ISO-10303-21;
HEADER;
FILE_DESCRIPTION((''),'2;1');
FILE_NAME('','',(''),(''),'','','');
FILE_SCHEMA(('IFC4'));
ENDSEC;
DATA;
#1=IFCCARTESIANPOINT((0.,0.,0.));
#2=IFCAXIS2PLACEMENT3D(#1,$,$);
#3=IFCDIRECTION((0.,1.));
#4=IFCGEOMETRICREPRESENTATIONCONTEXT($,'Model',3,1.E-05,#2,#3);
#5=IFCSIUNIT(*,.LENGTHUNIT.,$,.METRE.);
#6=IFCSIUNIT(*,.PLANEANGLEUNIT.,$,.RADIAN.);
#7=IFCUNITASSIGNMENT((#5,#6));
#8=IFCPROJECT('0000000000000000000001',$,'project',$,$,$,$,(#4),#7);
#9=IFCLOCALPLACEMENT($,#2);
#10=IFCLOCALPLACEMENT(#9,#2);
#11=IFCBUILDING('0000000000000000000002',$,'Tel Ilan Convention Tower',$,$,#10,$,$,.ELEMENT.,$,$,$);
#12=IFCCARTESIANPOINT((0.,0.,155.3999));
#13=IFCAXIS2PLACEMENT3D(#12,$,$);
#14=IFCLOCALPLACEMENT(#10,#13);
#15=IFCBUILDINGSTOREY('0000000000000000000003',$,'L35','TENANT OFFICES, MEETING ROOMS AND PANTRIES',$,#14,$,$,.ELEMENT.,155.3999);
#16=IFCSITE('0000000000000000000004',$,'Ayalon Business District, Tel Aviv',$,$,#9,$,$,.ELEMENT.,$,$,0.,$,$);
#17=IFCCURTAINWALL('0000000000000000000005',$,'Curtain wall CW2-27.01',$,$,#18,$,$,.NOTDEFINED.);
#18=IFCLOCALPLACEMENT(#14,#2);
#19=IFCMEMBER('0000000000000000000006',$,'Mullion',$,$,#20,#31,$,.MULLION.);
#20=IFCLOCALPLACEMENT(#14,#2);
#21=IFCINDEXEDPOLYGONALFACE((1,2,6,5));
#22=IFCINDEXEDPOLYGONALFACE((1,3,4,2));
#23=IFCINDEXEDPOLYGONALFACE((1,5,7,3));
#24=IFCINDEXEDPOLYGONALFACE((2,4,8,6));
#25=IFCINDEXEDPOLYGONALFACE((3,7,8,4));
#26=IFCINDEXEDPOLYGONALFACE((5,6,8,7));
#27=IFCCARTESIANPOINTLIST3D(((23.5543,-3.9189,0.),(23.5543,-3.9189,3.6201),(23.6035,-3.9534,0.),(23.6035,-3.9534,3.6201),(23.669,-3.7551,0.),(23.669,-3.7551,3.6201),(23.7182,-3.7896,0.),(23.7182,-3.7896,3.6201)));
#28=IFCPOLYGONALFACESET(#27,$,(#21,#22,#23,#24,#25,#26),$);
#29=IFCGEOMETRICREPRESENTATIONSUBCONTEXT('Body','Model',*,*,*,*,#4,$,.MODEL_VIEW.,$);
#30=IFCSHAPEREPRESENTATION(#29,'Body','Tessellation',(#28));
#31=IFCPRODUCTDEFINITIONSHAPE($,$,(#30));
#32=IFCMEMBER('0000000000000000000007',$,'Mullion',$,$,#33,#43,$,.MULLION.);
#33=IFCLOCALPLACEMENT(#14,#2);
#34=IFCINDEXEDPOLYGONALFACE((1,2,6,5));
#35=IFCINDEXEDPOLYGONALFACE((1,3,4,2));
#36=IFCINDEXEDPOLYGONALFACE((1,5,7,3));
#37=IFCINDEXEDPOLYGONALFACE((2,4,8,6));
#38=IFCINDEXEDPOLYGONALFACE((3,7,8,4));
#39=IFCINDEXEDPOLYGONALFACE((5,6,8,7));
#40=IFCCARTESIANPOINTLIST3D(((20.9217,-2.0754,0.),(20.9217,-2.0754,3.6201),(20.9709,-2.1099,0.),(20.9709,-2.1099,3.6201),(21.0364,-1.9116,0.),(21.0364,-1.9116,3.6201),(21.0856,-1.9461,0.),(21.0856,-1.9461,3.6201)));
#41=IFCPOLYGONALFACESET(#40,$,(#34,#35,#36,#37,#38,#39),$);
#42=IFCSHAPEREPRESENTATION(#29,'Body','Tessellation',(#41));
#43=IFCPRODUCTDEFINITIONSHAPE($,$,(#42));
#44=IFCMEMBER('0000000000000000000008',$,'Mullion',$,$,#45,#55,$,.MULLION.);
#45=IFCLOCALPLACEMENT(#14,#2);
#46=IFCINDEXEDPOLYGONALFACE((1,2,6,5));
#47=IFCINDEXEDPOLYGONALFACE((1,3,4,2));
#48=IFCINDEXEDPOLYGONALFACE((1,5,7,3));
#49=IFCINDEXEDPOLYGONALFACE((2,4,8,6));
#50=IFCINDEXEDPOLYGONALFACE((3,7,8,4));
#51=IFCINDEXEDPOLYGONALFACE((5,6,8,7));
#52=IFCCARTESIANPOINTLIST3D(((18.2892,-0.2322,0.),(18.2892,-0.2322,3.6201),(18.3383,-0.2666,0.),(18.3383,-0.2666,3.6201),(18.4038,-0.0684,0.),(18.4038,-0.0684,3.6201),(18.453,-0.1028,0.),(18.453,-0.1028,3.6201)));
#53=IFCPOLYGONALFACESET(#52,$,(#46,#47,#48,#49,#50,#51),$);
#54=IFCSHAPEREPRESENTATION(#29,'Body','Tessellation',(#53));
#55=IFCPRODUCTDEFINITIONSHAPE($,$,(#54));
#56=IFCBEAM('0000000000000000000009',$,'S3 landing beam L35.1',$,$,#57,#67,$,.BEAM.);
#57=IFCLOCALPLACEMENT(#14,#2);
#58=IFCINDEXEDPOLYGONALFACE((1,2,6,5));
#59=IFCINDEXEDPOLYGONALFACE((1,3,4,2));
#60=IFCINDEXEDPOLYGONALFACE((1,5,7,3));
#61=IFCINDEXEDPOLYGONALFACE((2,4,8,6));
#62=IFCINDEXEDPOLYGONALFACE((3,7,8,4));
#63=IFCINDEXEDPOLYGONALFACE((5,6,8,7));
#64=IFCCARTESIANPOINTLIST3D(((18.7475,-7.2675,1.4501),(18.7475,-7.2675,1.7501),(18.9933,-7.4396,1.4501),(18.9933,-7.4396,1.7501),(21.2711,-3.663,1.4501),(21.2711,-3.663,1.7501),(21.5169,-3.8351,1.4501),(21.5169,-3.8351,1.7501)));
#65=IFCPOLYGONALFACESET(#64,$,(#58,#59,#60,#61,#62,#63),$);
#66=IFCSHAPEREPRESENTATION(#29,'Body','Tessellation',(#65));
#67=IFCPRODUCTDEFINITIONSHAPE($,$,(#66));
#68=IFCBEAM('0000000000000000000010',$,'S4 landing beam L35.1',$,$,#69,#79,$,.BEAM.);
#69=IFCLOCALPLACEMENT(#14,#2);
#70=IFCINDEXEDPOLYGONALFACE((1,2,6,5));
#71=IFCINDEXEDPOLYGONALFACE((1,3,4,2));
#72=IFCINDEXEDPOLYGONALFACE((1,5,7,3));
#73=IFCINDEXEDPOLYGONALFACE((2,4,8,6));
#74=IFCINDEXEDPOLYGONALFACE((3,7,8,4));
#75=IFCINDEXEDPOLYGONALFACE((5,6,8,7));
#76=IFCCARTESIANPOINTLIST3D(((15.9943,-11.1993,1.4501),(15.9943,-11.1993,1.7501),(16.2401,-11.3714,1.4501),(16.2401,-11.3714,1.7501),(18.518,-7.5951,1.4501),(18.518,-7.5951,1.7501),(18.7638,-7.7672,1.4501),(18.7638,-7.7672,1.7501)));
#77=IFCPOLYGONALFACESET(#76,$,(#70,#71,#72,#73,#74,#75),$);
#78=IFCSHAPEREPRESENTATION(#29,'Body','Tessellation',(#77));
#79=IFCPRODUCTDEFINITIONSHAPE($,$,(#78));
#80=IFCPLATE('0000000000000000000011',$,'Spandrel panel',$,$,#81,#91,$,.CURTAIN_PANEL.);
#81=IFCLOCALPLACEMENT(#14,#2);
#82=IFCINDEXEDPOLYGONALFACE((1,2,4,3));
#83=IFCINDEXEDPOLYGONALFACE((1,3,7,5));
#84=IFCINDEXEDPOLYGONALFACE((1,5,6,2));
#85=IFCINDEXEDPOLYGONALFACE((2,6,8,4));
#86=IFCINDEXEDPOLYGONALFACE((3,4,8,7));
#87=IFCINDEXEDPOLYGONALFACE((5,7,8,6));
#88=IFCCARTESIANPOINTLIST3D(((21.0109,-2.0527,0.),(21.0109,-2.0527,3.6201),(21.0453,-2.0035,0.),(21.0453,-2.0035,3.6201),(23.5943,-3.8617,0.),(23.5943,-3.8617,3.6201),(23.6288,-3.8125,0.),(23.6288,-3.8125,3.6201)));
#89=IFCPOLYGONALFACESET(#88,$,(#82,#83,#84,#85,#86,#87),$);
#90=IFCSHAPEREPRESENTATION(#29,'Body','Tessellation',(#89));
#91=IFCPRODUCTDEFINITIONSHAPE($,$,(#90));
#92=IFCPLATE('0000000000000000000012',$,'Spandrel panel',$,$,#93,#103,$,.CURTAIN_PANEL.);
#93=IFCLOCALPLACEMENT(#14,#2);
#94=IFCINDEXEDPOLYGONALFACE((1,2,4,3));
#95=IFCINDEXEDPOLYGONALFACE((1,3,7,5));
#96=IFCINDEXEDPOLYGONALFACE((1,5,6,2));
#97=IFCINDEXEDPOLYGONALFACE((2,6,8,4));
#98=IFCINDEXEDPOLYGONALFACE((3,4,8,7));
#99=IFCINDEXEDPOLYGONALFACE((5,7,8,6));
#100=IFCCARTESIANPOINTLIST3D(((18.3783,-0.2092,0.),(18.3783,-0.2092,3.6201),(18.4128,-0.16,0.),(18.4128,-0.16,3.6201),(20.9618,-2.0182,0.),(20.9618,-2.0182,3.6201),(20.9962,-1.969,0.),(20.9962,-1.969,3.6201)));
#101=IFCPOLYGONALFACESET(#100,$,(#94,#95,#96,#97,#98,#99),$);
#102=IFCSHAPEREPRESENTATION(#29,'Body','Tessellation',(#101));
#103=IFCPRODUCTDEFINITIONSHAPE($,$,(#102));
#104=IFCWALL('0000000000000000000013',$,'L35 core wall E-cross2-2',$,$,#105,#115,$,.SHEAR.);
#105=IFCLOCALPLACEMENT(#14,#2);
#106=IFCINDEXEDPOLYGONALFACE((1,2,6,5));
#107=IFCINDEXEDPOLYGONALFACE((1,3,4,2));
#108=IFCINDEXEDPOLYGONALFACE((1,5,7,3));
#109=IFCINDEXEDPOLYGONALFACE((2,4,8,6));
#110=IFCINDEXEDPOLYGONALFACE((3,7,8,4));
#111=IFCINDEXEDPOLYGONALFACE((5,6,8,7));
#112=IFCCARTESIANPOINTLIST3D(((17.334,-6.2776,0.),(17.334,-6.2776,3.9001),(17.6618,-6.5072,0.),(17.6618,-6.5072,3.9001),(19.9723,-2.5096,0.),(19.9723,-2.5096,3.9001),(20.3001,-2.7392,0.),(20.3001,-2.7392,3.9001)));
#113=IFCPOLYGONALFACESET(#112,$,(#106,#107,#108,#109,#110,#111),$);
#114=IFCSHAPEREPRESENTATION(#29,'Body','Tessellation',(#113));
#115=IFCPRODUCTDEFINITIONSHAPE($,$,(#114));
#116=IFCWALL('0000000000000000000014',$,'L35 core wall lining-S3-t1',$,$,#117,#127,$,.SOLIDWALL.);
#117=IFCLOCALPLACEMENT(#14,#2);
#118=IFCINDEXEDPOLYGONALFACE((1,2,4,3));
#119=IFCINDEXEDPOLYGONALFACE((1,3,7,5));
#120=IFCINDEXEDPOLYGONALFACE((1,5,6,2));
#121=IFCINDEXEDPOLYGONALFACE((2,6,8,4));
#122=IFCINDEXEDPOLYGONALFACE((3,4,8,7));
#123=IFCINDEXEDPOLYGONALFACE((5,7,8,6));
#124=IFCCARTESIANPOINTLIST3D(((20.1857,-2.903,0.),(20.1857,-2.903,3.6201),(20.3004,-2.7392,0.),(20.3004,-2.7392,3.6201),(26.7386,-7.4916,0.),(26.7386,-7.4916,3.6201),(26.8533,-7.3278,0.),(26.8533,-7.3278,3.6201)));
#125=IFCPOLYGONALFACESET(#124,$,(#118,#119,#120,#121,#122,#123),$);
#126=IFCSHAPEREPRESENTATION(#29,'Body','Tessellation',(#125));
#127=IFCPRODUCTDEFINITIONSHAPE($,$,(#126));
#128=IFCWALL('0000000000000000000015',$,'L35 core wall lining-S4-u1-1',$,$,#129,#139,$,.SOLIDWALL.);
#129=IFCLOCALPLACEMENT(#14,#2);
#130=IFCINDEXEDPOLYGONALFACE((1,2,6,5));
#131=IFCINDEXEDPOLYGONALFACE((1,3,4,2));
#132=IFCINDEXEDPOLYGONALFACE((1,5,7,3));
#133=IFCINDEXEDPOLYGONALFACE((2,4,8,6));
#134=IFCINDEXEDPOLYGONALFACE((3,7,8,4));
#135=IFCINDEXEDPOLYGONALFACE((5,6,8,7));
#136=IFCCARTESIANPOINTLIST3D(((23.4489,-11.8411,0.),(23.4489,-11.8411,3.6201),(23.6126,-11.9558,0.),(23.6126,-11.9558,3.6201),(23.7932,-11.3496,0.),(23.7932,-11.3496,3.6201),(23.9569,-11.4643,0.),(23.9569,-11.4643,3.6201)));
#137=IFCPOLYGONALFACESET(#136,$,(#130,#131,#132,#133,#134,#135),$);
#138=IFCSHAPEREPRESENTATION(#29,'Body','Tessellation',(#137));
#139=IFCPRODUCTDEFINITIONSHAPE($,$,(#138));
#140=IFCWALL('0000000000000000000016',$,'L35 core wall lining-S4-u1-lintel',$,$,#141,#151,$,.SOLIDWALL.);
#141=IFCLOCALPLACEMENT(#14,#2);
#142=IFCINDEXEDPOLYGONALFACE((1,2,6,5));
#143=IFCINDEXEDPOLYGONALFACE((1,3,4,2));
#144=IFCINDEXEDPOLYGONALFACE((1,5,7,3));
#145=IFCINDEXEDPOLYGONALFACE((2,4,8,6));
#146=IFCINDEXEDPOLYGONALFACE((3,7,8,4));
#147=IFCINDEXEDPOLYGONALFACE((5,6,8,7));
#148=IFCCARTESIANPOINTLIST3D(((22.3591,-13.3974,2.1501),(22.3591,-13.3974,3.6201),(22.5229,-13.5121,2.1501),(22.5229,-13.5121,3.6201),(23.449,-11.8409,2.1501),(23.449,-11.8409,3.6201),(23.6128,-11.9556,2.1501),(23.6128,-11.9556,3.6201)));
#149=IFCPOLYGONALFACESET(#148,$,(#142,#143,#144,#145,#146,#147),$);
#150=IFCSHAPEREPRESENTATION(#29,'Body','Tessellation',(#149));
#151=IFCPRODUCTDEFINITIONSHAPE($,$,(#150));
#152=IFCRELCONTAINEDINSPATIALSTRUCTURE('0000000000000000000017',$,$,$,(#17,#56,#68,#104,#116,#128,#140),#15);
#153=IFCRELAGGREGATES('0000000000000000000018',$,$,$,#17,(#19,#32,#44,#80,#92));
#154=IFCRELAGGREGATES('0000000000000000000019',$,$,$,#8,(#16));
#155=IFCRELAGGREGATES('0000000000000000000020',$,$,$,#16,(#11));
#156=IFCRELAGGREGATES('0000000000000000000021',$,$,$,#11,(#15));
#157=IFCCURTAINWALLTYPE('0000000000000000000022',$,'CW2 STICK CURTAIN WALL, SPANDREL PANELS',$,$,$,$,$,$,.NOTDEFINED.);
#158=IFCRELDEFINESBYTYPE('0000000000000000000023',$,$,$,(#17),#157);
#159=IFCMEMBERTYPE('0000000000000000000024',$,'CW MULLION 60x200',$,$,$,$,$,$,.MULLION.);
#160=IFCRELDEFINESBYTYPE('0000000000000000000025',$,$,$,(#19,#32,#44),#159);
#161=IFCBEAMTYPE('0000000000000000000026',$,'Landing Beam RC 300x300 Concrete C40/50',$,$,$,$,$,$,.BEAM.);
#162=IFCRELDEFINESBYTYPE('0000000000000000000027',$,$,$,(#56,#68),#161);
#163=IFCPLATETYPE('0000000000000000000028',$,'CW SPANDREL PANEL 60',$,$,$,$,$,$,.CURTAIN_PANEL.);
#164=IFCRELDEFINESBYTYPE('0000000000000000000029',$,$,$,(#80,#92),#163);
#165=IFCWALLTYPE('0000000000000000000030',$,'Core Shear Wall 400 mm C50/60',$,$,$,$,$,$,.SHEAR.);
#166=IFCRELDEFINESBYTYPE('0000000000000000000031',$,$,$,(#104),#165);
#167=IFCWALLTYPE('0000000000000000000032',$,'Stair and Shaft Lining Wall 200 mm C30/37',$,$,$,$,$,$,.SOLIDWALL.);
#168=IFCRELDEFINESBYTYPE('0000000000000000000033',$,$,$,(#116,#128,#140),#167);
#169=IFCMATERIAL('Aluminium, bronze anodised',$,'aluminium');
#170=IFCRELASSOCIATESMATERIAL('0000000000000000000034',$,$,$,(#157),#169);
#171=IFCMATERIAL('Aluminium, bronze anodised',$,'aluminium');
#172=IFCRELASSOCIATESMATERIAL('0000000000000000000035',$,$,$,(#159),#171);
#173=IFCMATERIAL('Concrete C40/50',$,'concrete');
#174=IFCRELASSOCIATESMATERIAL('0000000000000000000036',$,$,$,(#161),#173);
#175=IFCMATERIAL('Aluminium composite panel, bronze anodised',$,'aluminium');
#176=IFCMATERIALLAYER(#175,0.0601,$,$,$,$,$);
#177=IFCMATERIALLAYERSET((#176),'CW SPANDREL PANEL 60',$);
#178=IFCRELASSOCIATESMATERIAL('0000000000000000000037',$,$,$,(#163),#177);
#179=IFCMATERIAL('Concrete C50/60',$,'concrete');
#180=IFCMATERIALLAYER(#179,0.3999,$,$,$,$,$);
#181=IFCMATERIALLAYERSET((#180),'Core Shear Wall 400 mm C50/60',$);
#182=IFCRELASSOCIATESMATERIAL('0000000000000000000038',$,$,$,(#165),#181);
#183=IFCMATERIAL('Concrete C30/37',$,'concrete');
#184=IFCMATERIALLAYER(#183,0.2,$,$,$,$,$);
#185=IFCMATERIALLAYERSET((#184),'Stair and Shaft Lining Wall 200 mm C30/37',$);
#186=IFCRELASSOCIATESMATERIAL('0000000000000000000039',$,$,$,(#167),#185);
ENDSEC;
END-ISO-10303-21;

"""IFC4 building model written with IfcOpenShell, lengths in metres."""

from ifc_helpers import new_model, si_unit, direction, frame, frame_2d, origin, origin_2d, place, context, subcontext, project, spatial, polyline, rectangle, outline, extrude, material, layer, layer_set, material_profile, profile_set, type_object, element, aggregate, save


model = new_model("IFC4")

# Units and contexts
model_context = context("Model", 3, precision=1e-05, world=origin(), true_north=direction((0.0, 1.0)))
body_context = subcontext(model_context, "Body", "Model", "MODEL_VIEW")
ifc_project = project(units=[si_unit("LENGTHUNIT", "METRE"), si_unit("PLANEANGLEUNIT", "RADIAN")], contexts=[model_context])

# Site, building, storey
site_placement = place(None, origin())
site = spatial("IfcSite", under=ifc_project, at=site_placement, Name="Ayalon Business District, Tel Aviv", CompositionType="ELEMENT", RefElevation=0.0)
building_placement = place(site_placement, origin())
building = spatial("IfcBuilding", under=site, at=building_placement, Name="Tel Ilan Convention Tower", CompositionType="ELEMENT")
storey_placement = place(building_placement, frame((0.0, 0.0, 155.3999)))
storey = spatial("IfcBuildingStorey", under=building, at=storey_placement, Name="L35", Description="TENANT OFFICES, MEETING ROOMS AND PANTRIES", CompositionType="ELEMENT", Elevation=155.3999)

# Curtain wall, members
ifc_material_1 = material(Name="Aluminium, bronze anodised", Category="aluminium")
curtain_wall_type = type_object("IfcCurtainWallType", Name="CW2 STICK CURTAIN WALL, SPANDREL PANELS", PredefinedType="NOTDEFINED", material=ifc_material_1)
curtain_wall_placement = place(storey_placement, origin())
curtain_wall = element("IfcCurtainWall", 1, at=curtain_wall_placement, inside=storey, type_object=curtain_wall_type, Name="Curtain wall CW2-27.01", PredefinedType="NOTDEFINED")
ifc_material_2 = material(Name="Aluminium, bronze anodised", Category="aluminium")
ifc_material_profile_1 = material_profile(ifc_material_2, rectangle(XDim=0.0601, YDim=0.2, at=origin_2d()), Name="CW MULLION 60x200")
ifc_profile_set_1 = profile_set([ifc_material_profile_1], Name="Aluminium, bronze anodised")
member_type = type_object("IfcMemberType", Name="CW MULLION 60x200", PredefinedType="MULLION", material=ifc_profile_set_1)
member_1_placement = place(storey_placement, frame((23.6362, -3.8542, 0.0), z_axis=(0.0, 0.0, 1.0), x_axis=(-0.819152, 0.573576, 0.0)))
member_1 = element("IfcMember", 2, at=member_1_placement, type_object=member_type, Name="Mullion", PredefinedType="MULLION", context=body_context, shape_type="SweptSolid", body=[
    extrude(rectangle(XDim=0.0601, YDim=0.2, at=origin_2d()), origin(), (0.0, 0.0, 1.0), 3.6201),
])
member_2_placement = place(storey_placement, frame((21.0037, -2.0107, 0.0), z_axis=(0.0, 0.0, 1.0), x_axis=(-0.819152, 0.573576, 0.0)))
member_2 = element("IfcMember", 3, at=member_2_placement, type_object=member_type, Name="Mullion", PredefinedType="MULLION", context=body_context, shape_type="SweptSolid", body=[
    extrude(rectangle(XDim=0.0601, YDim=0.2, at=origin_2d()), origin(), (0.0, 0.0, 1.0), 3.6201),
])
member_3_placement = place(storey_placement, frame((18.3711, -0.1675, 0.0), z_axis=(0.0, 0.0, 1.0), x_axis=(-0.819152, 0.573576, 0.0)))
member_3 = element("IfcMember", 4, at=member_3_placement, type_object=member_type, Name="Mullion", PredefinedType="MULLION", context=body_context, shape_type="SweptSolid", body=[
    extrude(rectangle(XDim=0.0601, YDim=0.2, at=origin_2d()), origin(), (0.0, 0.0, 1.0), 3.6201),
])

# Beams
ifc_material_3 = material(Name="Concrete C40/50", Category="concrete")
ifc_material_profile_2 = material_profile(ifc_material_3, rectangle(XDim=0.3, YDim=0.3, at=origin_2d()), Name="RC 300x300")
ifc_profile_set_2 = profile_set([ifc_material_profile_2], Name="Concrete C40/50")
beam_type = type_object("IfcBeamType", Name="Landing Beam RC 300x300 Concrete C40/50", PredefinedType="BEAM", material=ifc_profile_set_2)
beam_1_placement = place(storey_placement, frame((21.394, -3.749, 1.6001), z_axis=(-0.573544, -0.819175, 0.0), x_axis=(0.819175, -0.573544, 0.0)))
element("IfcBeam", 5, at=beam_1_placement, inside=storey, type_object=beam_type, Name="S3 landing beam L35.1", PredefinedType="BEAM", context=body_context, shape_type="SweptSolid", body=[
    extrude(rectangle(XDim=0.3, YDim=0.3, at=origin_2d()), origin(), (0.0, 0.0, 1.0), 4.4001),
])
beam_2_placement = place(storey_placement, frame((18.6409, -7.6812, 1.6001), z_axis=(-0.57357, -0.819156, 0.0), x_axis=(0.819156, -0.57357, 0.0)))
element("IfcBeam", 6, at=beam_2_placement, inside=storey, type_object=beam_type, Name="S4 landing beam L35.1", PredefinedType="BEAM", context=body_context, shape_type="SweptSolid", body=[
    extrude(rectangle(XDim=0.3, YDim=0.3, at=origin_2d()), origin(), (0.0, 0.0, 1.0), 4.3999),
])

# Plates
ifc_material_4 = material(Name="Aluminium composite panel, bronze anodised", Category="aluminium")
ifc_layer_1 = layer(ifc_material_4, 0.0601)
ifc_layer_set_1 = layer_set([ifc_layer_1], Name="CW SPANDREL PANEL 60")
plate_type = type_object("IfcPlateType", Name="CW SPANDREL PANEL 60", PredefinedType="CURTAIN_PANEL", material=ifc_layer_set_1)
plate_1_placement = place(storey_placement, frame((22.3198, -2.9326, 0.0), z_axis=(0.0, 0.0, 1.0), x_axis=(-0.819152, 0.573576, 0.0)))
plate_1 = element("IfcPlate", 7, at=plate_1_placement, type_object=plate_type, Name="Spandrel panel", PredefinedType="CURTAIN_PANEL", context=body_context, shape_type="SweptSolid", body=[
    extrude(rectangle(XDim=3.1538, YDim=0.0601, at=origin_2d()), origin(), (0.0, 0.0, 1.0), 3.6201),
])
plate_2_placement = place(storey_placement, frame((19.6873, -1.0891, 0.0), z_axis=(0.0, 0.0, 1.0), x_axis=(-0.819152, 0.573576, 0.0)))
plate_2 = element("IfcPlate", 8, at=plate_2_placement, type_object=plate_type, Name="Spandrel panel", PredefinedType="CURTAIN_PANEL", context=body_context, shape_type="SweptSolid", body=[
    extrude(rectangle(XDim=3.1538, YDim=0.0601, at=origin_2d()), origin(), (0.0, 0.0, 1.0), 3.6201),
])
aggregate(curtain_wall, [member_1, member_2, member_3, plate_1, plate_2])

# Walls
ifc_material_5 = material(Name="Concrete C50/60", Category="concrete")
ifc_layer_2 = layer(ifc_material_5, 0.3999)
ifc_layer_set_2 = layer_set([ifc_layer_2], Name="Core Shear Wall 400 mm C50/60")
wall_type_1 = type_object("IfcWallType", Name="Core Shear Wall 400 mm C50/60", PredefinedType="SHEAR", material=ifc_layer_set_2)
wall_1_placement = place(storey_placement, frame((17.4978, -6.3923, 0.0), z_axis=(0.0, 0.0, 1.0), x_axis=(0.573612, 0.819127, 0.0)))
element("IfcWall", 9, at=wall_1_placement, inside=storey, type_object=wall_type_1, Name="L35 core wall E-cross2-2", PredefinedType="SHEAR", context=body_context, shape_type="SweptSolid", body=[
    extrude(outline(polyline([(4.5999, -0.2), (4.5999, 0.2002), (0.0, 0.2), (0.0, -0.2002), (4.5999, -0.2)])), origin(), (0.0, 0.0, 1.0), 3.9001),
])
ifc_material_6 = material(Name="Concrete C30/37", Category="concrete")
ifc_layer_3 = layer(ifc_material_6, 0.2)
ifc_layer_set_3 = layer_set([ifc_layer_3], Name="Stair and Shaft Lining Wall 200 mm C30/37")
wall_type_2 = type_object("IfcWallType", Name="Stair and Shaft Lining Wall 200 mm C30/37", PredefinedType="SOLIDWALL", material=ifc_layer_set_3)
wall_2_placement = place(storey_placement, frame((20.2429, -2.821, 0.0), z_axis=(0.0, 0.0, 1.0), x_axis=(0.819142, -0.573591, 0.0)))
element("IfcWall", 10, at=wall_2_placement, inside=storey, type_object=wall_type_2, Name="L35 core wall lining-S3-t1", PredefinedType="SOLIDWALL", context=body_context, shape_type="SweptSolid", body=[
    extrude(rectangle(XDim=7.9998, YDim=0.2, at=frame_2d((4.0, 0.0))), origin(), (0.0, 0.0, 1.0), 3.6201),
])
wall_3_placement = place(storey_placement, frame((23.5308, -11.8984, 0.0), z_axis=(0.0, 0.0, 1.0), x_axis=(0.573708, 0.81906, 0.0)))
element("IfcWall", 11, at=wall_3_placement, inside=storey, type_object=wall_type_2, Name="L35 core wall lining-S4-u1-1", PredefinedType="SOLIDWALL", context=body_context, shape_type="SweptSolid", body=[
    extrude(rectangle(XDim=0.6001, YDim=0.2, at=frame_2d((0.3, 0.0))), origin(), (0.0, 0.0, 1.0), 3.6201),
])
wall_4_placement = place(storey_placement, frame((22.4409, -13.4548, 2.1501), z_axis=(0.0, 0.0, 1.0), x_axis=(0.573592, 0.819141, 0.0)))
element("IfcWall", 12, at=wall_4_placement, inside=storey, type_object=wall_type_2, Name="L35 core wall lining-S4-u1-lintel", PredefinedType="SOLIDWALL", context=body_context, shape_type="SweptSolid", body=[
    extrude(rectangle(XDim=1.9001, YDim=0.2, at=frame_2d((0.9502, 0.0))), origin(), (0.0, 0.0, 1.0), 1.47),
])

save(model, "model.ifc")
